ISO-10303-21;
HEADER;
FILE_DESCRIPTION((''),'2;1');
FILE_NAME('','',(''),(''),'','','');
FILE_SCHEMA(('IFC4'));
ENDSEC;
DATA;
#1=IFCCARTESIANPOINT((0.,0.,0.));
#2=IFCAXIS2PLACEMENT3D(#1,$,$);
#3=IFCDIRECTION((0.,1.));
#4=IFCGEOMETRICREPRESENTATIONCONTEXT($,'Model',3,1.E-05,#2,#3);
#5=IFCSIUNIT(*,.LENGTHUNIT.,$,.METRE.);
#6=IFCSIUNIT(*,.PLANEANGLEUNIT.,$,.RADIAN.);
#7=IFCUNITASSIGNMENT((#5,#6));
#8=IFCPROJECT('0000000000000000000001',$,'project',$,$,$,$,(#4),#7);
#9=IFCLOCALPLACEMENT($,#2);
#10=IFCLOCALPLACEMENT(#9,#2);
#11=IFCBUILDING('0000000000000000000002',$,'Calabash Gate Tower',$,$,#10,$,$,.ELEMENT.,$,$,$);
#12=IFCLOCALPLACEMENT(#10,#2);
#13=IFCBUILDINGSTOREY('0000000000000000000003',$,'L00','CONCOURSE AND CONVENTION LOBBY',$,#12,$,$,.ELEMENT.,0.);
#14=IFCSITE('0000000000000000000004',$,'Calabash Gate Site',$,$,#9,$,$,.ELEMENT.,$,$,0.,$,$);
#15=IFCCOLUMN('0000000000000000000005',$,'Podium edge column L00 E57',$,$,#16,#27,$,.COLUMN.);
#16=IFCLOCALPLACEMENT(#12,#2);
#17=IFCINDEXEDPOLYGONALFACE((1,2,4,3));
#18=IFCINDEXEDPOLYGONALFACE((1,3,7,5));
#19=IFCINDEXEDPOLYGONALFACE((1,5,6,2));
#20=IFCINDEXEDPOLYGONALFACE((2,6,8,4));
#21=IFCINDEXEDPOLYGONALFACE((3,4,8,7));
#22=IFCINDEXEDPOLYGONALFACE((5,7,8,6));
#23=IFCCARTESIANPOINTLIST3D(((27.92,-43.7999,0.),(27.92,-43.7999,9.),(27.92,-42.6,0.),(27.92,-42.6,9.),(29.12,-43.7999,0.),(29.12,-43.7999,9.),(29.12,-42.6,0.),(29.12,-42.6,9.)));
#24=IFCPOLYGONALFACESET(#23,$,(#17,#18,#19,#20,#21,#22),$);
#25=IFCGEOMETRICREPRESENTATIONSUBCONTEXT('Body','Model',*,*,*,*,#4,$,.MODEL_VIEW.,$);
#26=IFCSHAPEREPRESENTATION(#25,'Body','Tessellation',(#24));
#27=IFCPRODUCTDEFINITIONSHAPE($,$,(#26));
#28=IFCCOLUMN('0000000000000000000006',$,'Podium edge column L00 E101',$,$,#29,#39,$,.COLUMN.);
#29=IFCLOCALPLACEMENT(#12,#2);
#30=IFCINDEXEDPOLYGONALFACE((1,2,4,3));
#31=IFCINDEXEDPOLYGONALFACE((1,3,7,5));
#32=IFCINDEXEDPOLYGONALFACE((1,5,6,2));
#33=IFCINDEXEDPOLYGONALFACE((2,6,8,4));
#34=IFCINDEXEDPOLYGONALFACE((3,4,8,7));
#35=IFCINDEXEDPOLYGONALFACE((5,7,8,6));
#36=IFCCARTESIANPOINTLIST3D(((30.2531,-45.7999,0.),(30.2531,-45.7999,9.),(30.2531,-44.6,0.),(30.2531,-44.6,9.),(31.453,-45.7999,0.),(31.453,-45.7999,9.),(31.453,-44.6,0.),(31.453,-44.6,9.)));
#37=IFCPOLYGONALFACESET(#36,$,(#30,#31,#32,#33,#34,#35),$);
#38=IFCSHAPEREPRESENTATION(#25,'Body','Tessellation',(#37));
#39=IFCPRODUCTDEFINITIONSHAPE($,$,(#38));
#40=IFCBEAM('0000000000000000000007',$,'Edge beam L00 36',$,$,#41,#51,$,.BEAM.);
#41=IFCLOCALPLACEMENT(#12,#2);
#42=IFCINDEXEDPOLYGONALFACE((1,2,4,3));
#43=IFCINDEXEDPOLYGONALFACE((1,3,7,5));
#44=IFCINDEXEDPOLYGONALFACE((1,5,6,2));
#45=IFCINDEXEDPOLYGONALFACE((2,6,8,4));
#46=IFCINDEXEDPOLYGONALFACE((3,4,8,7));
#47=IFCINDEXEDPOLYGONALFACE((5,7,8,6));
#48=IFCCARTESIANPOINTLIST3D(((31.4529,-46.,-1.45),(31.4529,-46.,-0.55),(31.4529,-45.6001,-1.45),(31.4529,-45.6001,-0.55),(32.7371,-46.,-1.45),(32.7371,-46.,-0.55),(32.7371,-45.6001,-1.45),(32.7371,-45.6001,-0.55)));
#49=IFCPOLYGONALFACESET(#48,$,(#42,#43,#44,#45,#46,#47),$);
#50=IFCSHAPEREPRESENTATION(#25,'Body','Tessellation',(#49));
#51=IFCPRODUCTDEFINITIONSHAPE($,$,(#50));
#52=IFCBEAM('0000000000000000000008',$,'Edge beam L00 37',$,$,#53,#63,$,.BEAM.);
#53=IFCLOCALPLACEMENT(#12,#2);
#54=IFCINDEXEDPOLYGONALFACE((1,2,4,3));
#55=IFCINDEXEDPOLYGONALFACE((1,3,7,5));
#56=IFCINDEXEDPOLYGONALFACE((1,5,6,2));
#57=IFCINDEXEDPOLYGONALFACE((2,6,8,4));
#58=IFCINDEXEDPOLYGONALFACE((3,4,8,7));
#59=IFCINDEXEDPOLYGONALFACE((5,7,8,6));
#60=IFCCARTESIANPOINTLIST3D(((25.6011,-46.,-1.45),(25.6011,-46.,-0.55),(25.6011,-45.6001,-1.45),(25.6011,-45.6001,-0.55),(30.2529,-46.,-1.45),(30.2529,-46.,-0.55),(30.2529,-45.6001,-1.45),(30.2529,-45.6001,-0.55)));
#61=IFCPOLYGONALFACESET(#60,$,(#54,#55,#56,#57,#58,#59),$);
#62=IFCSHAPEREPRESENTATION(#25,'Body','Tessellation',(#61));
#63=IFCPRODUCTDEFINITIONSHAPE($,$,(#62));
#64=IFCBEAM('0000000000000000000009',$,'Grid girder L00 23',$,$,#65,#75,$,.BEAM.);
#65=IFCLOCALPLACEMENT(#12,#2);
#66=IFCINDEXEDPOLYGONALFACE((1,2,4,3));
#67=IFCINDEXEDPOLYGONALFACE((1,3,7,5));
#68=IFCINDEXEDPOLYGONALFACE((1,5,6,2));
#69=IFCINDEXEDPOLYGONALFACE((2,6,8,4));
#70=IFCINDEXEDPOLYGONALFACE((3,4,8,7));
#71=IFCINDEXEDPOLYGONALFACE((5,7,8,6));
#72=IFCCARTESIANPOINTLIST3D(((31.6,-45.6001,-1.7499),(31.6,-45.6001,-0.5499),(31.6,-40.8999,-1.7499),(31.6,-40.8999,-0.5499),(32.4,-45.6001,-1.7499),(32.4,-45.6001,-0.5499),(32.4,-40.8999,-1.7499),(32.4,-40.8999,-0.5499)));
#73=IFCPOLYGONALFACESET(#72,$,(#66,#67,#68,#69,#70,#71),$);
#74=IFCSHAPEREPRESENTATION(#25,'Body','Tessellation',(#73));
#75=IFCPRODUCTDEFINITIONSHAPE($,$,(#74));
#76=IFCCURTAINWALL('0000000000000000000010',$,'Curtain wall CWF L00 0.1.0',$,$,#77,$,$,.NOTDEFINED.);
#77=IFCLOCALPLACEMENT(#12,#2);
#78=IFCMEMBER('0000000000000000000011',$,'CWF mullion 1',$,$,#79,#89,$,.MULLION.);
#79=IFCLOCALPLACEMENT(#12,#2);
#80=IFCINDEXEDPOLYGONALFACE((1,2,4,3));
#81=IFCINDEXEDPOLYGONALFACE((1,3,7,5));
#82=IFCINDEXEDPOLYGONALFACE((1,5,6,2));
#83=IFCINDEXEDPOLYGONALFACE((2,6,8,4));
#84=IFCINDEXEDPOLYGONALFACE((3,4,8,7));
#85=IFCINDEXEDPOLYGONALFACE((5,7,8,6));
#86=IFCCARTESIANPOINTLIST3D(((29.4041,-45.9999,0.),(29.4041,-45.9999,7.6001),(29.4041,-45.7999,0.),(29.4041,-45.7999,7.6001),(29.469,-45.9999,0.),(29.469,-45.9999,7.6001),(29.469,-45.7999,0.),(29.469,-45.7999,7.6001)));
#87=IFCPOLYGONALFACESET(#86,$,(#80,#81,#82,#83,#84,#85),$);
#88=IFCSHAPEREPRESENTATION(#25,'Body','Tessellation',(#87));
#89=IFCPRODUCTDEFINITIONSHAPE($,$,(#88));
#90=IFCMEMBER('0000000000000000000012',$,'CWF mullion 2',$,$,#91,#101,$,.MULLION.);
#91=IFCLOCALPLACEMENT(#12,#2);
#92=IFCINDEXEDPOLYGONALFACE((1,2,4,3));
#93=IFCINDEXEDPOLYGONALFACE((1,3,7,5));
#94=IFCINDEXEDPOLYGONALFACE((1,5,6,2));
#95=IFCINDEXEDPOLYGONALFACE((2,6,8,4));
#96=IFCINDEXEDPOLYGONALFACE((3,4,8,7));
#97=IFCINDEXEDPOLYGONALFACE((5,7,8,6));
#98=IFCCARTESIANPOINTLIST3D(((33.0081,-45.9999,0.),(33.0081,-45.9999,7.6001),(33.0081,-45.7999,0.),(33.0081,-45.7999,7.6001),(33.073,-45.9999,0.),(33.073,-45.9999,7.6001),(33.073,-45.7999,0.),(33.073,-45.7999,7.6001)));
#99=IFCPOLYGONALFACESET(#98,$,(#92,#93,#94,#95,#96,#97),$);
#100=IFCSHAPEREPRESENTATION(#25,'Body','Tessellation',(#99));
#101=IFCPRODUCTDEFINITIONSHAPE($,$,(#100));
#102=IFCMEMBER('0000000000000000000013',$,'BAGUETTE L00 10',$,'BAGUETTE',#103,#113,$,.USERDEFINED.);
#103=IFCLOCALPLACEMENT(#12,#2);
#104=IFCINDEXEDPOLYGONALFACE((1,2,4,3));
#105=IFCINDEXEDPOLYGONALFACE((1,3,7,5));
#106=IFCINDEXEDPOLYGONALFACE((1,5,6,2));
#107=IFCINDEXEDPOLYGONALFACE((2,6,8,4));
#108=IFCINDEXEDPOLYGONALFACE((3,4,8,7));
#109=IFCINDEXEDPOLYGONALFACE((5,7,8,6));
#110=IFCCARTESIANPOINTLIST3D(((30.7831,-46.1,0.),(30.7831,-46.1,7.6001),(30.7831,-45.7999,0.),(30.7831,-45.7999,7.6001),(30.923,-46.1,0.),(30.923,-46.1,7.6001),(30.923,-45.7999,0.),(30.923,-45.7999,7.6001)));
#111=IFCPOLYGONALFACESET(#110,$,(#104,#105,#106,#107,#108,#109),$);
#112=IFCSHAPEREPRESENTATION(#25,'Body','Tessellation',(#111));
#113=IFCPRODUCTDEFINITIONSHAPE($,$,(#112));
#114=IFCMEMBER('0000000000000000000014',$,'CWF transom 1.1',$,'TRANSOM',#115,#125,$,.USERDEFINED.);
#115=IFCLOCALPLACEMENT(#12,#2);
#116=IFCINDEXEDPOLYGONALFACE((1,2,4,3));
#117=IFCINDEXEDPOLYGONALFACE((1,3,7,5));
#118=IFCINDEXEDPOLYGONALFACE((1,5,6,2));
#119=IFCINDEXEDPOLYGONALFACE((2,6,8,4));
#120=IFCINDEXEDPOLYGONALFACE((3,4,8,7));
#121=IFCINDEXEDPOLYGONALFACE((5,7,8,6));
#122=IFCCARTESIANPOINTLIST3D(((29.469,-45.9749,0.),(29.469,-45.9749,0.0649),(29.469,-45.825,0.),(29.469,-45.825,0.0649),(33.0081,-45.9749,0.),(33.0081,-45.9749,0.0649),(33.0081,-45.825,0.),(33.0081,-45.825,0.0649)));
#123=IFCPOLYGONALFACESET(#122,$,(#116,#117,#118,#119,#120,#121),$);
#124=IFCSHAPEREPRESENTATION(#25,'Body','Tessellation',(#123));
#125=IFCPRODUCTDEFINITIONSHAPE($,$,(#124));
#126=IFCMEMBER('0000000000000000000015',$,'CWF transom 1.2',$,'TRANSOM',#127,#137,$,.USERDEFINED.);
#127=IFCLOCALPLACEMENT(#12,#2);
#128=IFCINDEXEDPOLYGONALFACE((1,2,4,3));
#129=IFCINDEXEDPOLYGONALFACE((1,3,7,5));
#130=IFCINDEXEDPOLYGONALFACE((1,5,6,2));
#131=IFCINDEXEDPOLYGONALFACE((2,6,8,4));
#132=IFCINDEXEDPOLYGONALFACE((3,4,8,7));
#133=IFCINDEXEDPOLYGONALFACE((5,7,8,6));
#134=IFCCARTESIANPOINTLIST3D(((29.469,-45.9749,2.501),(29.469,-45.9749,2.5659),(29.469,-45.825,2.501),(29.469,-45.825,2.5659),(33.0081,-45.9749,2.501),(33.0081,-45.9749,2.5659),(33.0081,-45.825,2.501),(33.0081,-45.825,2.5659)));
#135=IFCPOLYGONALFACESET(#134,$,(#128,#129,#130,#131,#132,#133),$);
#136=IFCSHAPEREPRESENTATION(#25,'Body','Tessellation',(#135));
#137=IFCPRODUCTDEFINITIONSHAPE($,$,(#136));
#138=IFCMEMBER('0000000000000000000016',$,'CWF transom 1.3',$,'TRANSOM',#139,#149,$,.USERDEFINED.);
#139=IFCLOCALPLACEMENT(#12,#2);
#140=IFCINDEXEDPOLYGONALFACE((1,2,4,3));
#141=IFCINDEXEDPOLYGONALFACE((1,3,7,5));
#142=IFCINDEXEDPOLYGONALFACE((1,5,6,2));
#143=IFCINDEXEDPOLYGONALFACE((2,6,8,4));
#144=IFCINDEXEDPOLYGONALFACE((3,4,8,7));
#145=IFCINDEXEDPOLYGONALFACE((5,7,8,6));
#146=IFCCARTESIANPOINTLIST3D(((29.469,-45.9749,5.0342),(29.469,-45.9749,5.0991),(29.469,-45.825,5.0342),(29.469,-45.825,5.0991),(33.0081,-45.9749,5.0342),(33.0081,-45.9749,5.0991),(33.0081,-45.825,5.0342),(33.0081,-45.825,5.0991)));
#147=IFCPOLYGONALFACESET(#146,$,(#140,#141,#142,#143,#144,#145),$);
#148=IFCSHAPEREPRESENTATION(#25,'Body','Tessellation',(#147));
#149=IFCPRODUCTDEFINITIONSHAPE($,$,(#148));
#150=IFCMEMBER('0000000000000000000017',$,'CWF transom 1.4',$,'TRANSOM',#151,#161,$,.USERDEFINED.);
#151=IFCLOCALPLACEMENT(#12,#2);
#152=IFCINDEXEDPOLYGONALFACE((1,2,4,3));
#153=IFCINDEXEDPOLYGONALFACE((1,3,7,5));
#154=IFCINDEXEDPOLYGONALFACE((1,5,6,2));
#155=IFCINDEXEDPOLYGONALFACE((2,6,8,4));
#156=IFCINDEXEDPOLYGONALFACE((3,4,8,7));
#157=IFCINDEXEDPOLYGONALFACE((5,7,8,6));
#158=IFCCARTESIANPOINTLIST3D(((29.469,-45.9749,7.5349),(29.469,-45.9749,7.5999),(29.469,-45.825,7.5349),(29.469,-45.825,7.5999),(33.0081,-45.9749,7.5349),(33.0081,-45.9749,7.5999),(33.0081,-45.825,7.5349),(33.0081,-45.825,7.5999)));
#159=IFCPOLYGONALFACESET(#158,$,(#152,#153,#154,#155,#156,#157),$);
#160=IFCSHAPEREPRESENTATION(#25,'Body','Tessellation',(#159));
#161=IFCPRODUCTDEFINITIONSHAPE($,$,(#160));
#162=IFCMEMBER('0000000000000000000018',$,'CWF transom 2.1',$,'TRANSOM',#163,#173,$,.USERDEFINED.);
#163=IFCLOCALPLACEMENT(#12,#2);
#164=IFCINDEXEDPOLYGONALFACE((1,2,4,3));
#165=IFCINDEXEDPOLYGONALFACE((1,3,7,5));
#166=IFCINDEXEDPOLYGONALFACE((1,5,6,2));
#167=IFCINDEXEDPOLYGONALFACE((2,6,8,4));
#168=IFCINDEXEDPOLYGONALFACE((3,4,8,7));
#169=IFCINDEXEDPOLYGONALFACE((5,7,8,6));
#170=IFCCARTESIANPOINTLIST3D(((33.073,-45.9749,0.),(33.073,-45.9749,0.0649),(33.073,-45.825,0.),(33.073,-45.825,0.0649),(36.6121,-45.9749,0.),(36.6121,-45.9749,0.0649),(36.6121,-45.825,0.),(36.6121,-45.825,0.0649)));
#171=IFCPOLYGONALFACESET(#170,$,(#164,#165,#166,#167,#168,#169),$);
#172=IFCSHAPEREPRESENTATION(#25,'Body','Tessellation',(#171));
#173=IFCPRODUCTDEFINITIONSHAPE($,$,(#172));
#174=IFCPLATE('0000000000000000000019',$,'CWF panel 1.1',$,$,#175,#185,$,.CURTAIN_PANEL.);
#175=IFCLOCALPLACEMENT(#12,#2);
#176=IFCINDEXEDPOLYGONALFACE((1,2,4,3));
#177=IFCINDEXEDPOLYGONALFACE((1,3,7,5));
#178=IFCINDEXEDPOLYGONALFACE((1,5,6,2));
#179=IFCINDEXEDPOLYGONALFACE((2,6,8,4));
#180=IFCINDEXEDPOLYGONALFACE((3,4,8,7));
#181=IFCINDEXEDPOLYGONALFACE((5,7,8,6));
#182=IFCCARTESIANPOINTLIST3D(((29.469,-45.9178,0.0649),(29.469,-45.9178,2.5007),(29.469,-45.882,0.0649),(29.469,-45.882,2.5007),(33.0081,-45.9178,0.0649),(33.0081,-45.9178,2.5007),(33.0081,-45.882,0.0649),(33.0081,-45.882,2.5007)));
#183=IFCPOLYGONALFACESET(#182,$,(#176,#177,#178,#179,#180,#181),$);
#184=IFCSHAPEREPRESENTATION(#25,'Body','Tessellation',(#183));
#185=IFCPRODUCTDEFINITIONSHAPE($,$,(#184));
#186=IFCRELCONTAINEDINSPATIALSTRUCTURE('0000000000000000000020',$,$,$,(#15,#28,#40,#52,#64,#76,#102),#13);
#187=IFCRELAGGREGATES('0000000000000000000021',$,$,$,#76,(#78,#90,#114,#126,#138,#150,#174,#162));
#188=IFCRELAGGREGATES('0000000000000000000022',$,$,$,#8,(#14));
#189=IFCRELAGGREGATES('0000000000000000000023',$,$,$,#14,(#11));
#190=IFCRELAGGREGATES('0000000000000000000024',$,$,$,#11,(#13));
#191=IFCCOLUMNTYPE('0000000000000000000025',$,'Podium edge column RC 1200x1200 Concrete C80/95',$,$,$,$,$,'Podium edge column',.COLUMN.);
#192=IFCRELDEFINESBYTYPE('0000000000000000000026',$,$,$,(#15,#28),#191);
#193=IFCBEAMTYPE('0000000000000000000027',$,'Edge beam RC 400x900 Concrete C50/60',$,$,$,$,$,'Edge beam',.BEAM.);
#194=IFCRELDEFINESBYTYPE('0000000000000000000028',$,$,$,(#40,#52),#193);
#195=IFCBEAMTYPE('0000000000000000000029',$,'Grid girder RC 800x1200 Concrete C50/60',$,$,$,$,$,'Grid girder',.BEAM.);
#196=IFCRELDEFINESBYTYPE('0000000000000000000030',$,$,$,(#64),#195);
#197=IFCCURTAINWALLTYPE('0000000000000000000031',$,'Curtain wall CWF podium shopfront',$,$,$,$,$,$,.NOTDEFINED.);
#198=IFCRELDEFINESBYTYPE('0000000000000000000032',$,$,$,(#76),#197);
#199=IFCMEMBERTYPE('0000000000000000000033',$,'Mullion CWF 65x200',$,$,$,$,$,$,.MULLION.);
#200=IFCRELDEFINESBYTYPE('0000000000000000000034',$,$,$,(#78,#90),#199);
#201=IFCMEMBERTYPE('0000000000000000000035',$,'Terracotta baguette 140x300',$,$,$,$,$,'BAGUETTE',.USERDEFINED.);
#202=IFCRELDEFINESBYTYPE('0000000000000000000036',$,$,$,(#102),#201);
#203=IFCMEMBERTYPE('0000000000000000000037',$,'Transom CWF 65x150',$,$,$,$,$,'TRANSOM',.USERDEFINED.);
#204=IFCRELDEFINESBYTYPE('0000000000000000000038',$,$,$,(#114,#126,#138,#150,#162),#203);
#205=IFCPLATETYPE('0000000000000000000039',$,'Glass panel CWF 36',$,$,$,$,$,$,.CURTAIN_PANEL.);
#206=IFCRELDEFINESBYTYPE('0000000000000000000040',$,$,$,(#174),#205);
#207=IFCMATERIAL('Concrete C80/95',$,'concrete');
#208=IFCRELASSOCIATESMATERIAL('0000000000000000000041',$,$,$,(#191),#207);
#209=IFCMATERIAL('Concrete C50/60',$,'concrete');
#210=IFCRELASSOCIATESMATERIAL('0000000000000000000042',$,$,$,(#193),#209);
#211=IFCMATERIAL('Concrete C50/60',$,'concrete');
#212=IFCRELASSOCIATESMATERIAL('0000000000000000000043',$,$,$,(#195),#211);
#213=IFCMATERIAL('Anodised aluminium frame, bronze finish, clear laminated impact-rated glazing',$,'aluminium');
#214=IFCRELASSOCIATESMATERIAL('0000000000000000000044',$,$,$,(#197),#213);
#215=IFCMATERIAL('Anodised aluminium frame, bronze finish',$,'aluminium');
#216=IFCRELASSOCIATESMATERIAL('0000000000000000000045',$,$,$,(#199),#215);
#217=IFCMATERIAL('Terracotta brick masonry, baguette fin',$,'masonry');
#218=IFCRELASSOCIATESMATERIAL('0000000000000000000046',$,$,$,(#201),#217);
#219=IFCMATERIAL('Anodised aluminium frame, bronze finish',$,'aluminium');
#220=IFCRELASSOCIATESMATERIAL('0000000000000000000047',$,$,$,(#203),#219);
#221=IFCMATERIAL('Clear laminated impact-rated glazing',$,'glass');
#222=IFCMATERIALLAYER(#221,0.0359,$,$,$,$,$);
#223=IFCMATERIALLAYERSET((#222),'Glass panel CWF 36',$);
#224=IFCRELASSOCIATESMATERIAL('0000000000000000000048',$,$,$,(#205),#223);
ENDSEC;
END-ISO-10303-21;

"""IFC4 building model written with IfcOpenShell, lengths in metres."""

from ifc_helpers import new_model, si_unit, direction, frame, origin, origin_2d, place, context, subcontext, project, spatial, rectangle, extrude, material, layer, layer_set, material_profile, profile_set, type_object, element, aggregate, save


model = new_model("IFC4")

# Units and contexts
model_context = context("Model", 3, precision=1e-05, world=origin(), true_north=direction((0.0, 1.0)))
body_context = subcontext(model_context, "Body", "Model", "MODEL_VIEW")
ifc_project = project(units=[si_unit("LENGTHUNIT", "METRE"), si_unit("PLANEANGLEUNIT", "RADIAN")], contexts=[model_context])

# Site, building, storey
site_placement = place(None, origin())
site = spatial("IfcSite", under=ifc_project, at=site_placement, Name="Calabash Gate Site", CompositionType="ELEMENT", RefElevation=0.0)
building_placement = place(site_placement, origin())
building = spatial("IfcBuilding", under=site, at=building_placement, Name="Calabash Gate Tower", CompositionType="ELEMENT")
storey_placement = place(building_placement, origin())
storey = spatial("IfcBuildingStorey", under=building, at=storey_placement, Name="L00", Description="CONCOURSE AND CONVENTION LOBBY", CompositionType="ELEMENT", Elevation=0.0)

# Columns
ifc_material_1 = material(Name="Concrete C80/95", Category="concrete")
ifc_material_profile_1 = material_profile(ifc_material_1, rectangle(XDim=1.2, YDim=1.2, at=origin_2d()))
ifc_profile_set_1 = profile_set([ifc_material_profile_1], Name="Concrete C80/95")
column_type = type_object("IfcColumnType", Name="Podium edge column RC 1200x1200 Concrete C80/95", ElementType="Podium edge column", PredefinedType="COLUMN", material=ifc_profile_set_1)
for number, where, z_axis, x_axis, name in (
    (1, (28.52, -43.2, 0.0), (0.0, 0.0, 1.0), (1.0, 0.0, 0.0), "Podium edge column L00 E57"),
    (2, (30.853, -45.2, 0.0), (0.0, 0.0, 1.0), (1.0, 0.0, 0.0), "Podium edge column L00 E101"),
):
    element("IfcColumn", number, at=place(storey_placement, frame(where, z_axis=z_axis, x_axis=x_axis)), inside=storey, type_object=column_type, Name=name, PredefinedType="COLUMN", context=body_context, shape_type="SweptSolid", body=[
        extrude(rectangle(XDim=1.2, YDim=1.2, at=origin_2d()), origin(), (0.0, 0.0, 1.0), 9.0),
    ])

# Beams
ifc_material_2 = material(Name="Concrete C50/60", Category="concrete")
ifc_material_profile_2 = material_profile(ifc_material_2, rectangle(XDim=0.3999, YDim=0.8999, at=origin_2d()))
ifc_profile_set_2 = profile_set([ifc_material_profile_2], Name="Concrete C50/60")
beam_type_1 = type_object("IfcBeamType", Name="Edge beam RC 400x900 Concrete C50/60", ElementType="Edge beam", PredefinedType="BEAM", material=ifc_profile_set_2)
beam_1_placement = place(storey_placement, frame((32.7371, -45.8, -1.0), z_axis=(-1.0, 0.0, 0.0), x_axis=(0.0, -1.0, 0.0)))
element("IfcBeam", 3, at=beam_1_placement, inside=storey, type_object=beam_type_1, Name="Edge beam L00 36", PredefinedType="BEAM", context=body_context, shape_type="SweptSolid", body=[
    extrude(rectangle(XDim=0.3999, YDim=0.8999, at=origin_2d()), origin(), (0.0, 0.0, 1.0), 1.2842),
])
beam_2_placement = place(storey_placement, frame((30.2529, -45.8, -1.0), z_axis=(-1.0, 0.0, 0.0), x_axis=(0.0, -1.0, 0.0)))
element("IfcBeam", 4, at=beam_2_placement, inside=storey, type_object=beam_type_1, Name="Edge beam L00 37", PredefinedType="BEAM", context=body_context, shape_type="SweptSolid", body=[
    extrude(rectangle(XDim=0.3999, YDim=0.8999, at=origin_2d()), origin(), (0.0, 0.0, 1.0), 4.6519),
])
ifc_material_3 = material(Name="Concrete C50/60", Category="concrete")
ifc_material_profile_3 = material_profile(ifc_material_3, rectangle(XDim=0.8, YDim=1.2, at=origin_2d()))
ifc_profile_set_3 = profile_set([ifc_material_profile_3], Name="Concrete C50/60")
beam_type_2 = type_object("IfcBeamType", Name="Grid girder RC 800x1200 Concrete C50/60", ElementType="Grid girder", PredefinedType="BEAM", material=ifc_profile_set_3)
beam_3_placement = place(storey_placement, frame((32.0, -45.6001, -1.1499), z_axis=(0.0, 1.0, 0.0), x_axis=(-1.0, 0.0, 0.0)))
element("IfcBeam", 5, at=beam_3_placement, inside=storey, type_object=beam_type_2, Name="Grid girder L00 23", PredefinedType="BEAM", context=body_context, shape_type="SweptSolid", body=[
    extrude(rectangle(XDim=0.8, YDim=1.2, at=origin_2d()), origin(), (0.0, 0.0, 1.0), 4.7002),
])

# Curtain wall, members
ifc_material_4 = material(Name="Anodised aluminium frame, bronze finish, clear laminated impact-rated glazing", Category="aluminium")
curtain_wall_type = type_object("IfcCurtainWallType", Name="Curtain wall CWF podium shopfront", PredefinedType="NOTDEFINED", material=ifc_material_4)
curtain_wall_placement = place(storey_placement, origin())
curtain_wall = element("IfcCurtainWall", 6, at=curtain_wall_placement, inside=storey, type_object=curtain_wall_type, Name="Curtain wall CWF L00 0.1.0", PredefinedType="NOTDEFINED")
ifc_material_5 = material(Name="Anodised aluminium frame, bronze finish", Category="aluminium")
ifc_material_profile_4 = material_profile(ifc_material_5, rectangle(XDim=0.2, YDim=0.0649, at=origin_2d()))
ifc_profile_set_4 = profile_set([ifc_material_profile_4], Name="Anodised aluminium frame, bronze finish")
member_type_1 = type_object("IfcMemberType", Name="Mullion CWF 65x200", PredefinedType="MULLION", material=ifc_profile_set_4)
member_1_placement = place(storey_placement, frame((29.4365, -45.8999, 0.0), z_axis=(0.0, 0.0, 1.0), x_axis=(0.0, 1.0, 0.0)))
member_1 = element("IfcMember", 7, at=member_1_placement, type_object=member_type_1, Name="CWF mullion 1", PredefinedType="MULLION", context=body_context, shape_type="SweptSolid", body=[
    extrude(rectangle(XDim=0.2, YDim=0.0649, at=origin_2d()), origin(), (0.0, 0.0, 1.0), 7.6001),
])
member_2_placement = place(storey_placement, frame((33.0405, -45.8999, 0.0), z_axis=(0.0, 0.0, 1.0), x_axis=(0.0, 1.0, 0.0)))
member_2 = element("IfcMember", 8, at=member_2_placement, type_object=member_type_1, Name="CWF mullion 2", PredefinedType="MULLION", context=body_context, shape_type="SweptSolid", body=[
    extrude(rectangle(XDim=0.2, YDim=0.0649, at=origin_2d()), origin(), (0.0, 0.0, 1.0), 7.6001),
])

# Members
ifc_material_6 = material(Name="Terracotta brick masonry, baguette fin", Category="masonry")
ifc_material_profile_5 = material_profile(ifc_material_6, rectangle(XDim=0.1399, YDim=0.3, at=origin_2d()))
ifc_profile_set_5 = profile_set([ifc_material_profile_5], Name="Terracotta brick masonry, baguette fin")
member_type_2 = type_object("IfcMemberType", Name="Terracotta baguette 140x300", ElementType="BAGUETTE", PredefinedType="USERDEFINED", material=ifc_profile_set_5)
member_3_placement = place(storey_placement, frame((30.853, -45.95, 0.0), z_axis=(0.0, 0.0, 1.0), x_axis=(1.0, 0.0, 0.0)))
element("IfcMember", 9, at=member_3_placement, inside=storey, type_object=member_type_2, Name="BAGUETTE L00 10", ObjectType="BAGUETTE", PredefinedType="USERDEFINED", context=body_context, shape_type="SweptSolid", body=[
    extrude(rectangle(XDim=0.1399, YDim=0.3, at=origin_2d()), origin(), (0.0, 0.0, 1.0), 7.6001),
])
ifc_material_7 = material(Name="Anodised aluminium frame, bronze finish", Category="aluminium")
ifc_material_profile_6 = material_profile(ifc_material_7, rectangle(XDim=0.1499, YDim=0.0649, at=origin_2d()))
ifc_profile_set_6 = profile_set([ifc_material_profile_6], Name="Anodised aluminium frame, bronze finish")
member_type_3 = type_object("IfcMemberType", Name="Transom CWF 65x150", ElementType="TRANSOM", PredefinedType="USERDEFINED", material=ifc_profile_set_6)
member_4_placement = place(storey_placement, frame((29.469, -45.8999, 0.0325), z_axis=(1.0, 0.0, 0.0), x_axis=(0.0, 1.0, 0.0)))
member_4 = element("IfcMember", 10, at=member_4_placement, type_object=member_type_3, Name="CWF transom 1.1", ObjectType="TRANSOM", PredefinedType="USERDEFINED", context=body_context, shape_type="SweptSolid", body=[
    extrude(rectangle(XDim=0.1499, YDim=0.0649, at=origin_2d()), origin(), (0.0, 0.0, 1.0), 3.5391),
])
member_5_placement = place(storey_placement, frame((29.469, -45.8999, 2.5334), z_axis=(1.0, 0.0, 0.0), x_axis=(0.0, 1.0, 0.0)))
member_5 = element("IfcMember", 11, at=member_5_placement, type_object=member_type_3, Name="CWF transom 1.2", ObjectType="TRANSOM", PredefinedType="USERDEFINED", context=body_context, shape_type="SweptSolid", body=[
    extrude(rectangle(XDim=0.1499, YDim=0.0649, at=origin_2d()), origin(), (0.0, 0.0, 1.0), 3.5391),
])
member_6_placement = place(storey_placement, frame((29.469, -45.8999, 5.0667), z_axis=(1.0, 0.0, 0.0), x_axis=(0.0, 1.0, 0.0)))
member_6 = element("IfcMember", 12, at=member_6_placement, type_object=member_type_3, Name="CWF transom 1.3", ObjectType="TRANSOM", PredefinedType="USERDEFINED", context=body_context, shape_type="SweptSolid", body=[
    extrude(rectangle(XDim=0.1499, YDim=0.0649, at=origin_2d()), origin(), (0.0, 0.0, 1.0), 3.5391),
])
member_7_placement = place(storey_placement, frame((29.469, -45.8999, 7.5674), z_axis=(1.0, 0.0, 0.0), x_axis=(0.0, 1.0, 0.0)))
member_7 = element("IfcMember", 13, at=member_7_placement, type_object=member_type_3, Name="CWF transom 1.4", ObjectType="TRANSOM", PredefinedType="USERDEFINED", context=body_context, shape_type="SweptSolid", body=[
    extrude(rectangle(XDim=0.1499, YDim=0.0649, at=origin_2d()), origin(), (0.0, 0.0, 1.0), 3.5391),
])
member_8_placement = place(storey_placement, frame((33.073, -45.8999, 0.0325), z_axis=(1.0, 0.0, 0.0), x_axis=(0.0, 1.0, 0.0)))
member_8 = element("IfcMember", 14, at=member_8_placement, type_object=member_type_3, Name="CWF transom 2.1", ObjectType="TRANSOM", PredefinedType="USERDEFINED", context=body_context, shape_type="SweptSolid", body=[
    extrude(rectangle(XDim=0.1499, YDim=0.0649, at=origin_2d()), origin(), (0.0, 0.0, 1.0), 3.5391),
])

# Plate
ifc_material_8 = material(Name="Clear laminated impact-rated glazing", Category="glass")
ifc_layer_1 = layer(ifc_material_8, 0.0359)
ifc_layer_set_1 = layer_set([ifc_layer_1], Name="Glass panel CWF 36")
plate_type = type_object("IfcPlateType", Name="Glass panel CWF 36", PredefinedType="CURTAIN_PANEL", material=ifc_layer_set_1)
plate_1_placement = place(storey_placement, frame((31.2385, -45.8999, 0.0649), z_axis=(0.0, 0.0, 1.0), x_axis=(1.0, 0.0, 0.0)))
plate_1 = element("IfcPlate", 15, at=plate_1_placement, type_object=plate_type, Name="CWF panel 1.1", PredefinedType="CURTAIN_PANEL", context=body_context, shape_type="SweptSolid", body=[
    extrude(rectangle(XDim=3.5391, YDim=0.0359, at=origin_2d()), origin(), (0.0, 0.0, 1.0), 2.4358),
])
aggregate(curtain_wall, [member_1, member_2, member_4, member_5, member_6, member_7, plate_1, member_8])

save(model, "model.ifc")
